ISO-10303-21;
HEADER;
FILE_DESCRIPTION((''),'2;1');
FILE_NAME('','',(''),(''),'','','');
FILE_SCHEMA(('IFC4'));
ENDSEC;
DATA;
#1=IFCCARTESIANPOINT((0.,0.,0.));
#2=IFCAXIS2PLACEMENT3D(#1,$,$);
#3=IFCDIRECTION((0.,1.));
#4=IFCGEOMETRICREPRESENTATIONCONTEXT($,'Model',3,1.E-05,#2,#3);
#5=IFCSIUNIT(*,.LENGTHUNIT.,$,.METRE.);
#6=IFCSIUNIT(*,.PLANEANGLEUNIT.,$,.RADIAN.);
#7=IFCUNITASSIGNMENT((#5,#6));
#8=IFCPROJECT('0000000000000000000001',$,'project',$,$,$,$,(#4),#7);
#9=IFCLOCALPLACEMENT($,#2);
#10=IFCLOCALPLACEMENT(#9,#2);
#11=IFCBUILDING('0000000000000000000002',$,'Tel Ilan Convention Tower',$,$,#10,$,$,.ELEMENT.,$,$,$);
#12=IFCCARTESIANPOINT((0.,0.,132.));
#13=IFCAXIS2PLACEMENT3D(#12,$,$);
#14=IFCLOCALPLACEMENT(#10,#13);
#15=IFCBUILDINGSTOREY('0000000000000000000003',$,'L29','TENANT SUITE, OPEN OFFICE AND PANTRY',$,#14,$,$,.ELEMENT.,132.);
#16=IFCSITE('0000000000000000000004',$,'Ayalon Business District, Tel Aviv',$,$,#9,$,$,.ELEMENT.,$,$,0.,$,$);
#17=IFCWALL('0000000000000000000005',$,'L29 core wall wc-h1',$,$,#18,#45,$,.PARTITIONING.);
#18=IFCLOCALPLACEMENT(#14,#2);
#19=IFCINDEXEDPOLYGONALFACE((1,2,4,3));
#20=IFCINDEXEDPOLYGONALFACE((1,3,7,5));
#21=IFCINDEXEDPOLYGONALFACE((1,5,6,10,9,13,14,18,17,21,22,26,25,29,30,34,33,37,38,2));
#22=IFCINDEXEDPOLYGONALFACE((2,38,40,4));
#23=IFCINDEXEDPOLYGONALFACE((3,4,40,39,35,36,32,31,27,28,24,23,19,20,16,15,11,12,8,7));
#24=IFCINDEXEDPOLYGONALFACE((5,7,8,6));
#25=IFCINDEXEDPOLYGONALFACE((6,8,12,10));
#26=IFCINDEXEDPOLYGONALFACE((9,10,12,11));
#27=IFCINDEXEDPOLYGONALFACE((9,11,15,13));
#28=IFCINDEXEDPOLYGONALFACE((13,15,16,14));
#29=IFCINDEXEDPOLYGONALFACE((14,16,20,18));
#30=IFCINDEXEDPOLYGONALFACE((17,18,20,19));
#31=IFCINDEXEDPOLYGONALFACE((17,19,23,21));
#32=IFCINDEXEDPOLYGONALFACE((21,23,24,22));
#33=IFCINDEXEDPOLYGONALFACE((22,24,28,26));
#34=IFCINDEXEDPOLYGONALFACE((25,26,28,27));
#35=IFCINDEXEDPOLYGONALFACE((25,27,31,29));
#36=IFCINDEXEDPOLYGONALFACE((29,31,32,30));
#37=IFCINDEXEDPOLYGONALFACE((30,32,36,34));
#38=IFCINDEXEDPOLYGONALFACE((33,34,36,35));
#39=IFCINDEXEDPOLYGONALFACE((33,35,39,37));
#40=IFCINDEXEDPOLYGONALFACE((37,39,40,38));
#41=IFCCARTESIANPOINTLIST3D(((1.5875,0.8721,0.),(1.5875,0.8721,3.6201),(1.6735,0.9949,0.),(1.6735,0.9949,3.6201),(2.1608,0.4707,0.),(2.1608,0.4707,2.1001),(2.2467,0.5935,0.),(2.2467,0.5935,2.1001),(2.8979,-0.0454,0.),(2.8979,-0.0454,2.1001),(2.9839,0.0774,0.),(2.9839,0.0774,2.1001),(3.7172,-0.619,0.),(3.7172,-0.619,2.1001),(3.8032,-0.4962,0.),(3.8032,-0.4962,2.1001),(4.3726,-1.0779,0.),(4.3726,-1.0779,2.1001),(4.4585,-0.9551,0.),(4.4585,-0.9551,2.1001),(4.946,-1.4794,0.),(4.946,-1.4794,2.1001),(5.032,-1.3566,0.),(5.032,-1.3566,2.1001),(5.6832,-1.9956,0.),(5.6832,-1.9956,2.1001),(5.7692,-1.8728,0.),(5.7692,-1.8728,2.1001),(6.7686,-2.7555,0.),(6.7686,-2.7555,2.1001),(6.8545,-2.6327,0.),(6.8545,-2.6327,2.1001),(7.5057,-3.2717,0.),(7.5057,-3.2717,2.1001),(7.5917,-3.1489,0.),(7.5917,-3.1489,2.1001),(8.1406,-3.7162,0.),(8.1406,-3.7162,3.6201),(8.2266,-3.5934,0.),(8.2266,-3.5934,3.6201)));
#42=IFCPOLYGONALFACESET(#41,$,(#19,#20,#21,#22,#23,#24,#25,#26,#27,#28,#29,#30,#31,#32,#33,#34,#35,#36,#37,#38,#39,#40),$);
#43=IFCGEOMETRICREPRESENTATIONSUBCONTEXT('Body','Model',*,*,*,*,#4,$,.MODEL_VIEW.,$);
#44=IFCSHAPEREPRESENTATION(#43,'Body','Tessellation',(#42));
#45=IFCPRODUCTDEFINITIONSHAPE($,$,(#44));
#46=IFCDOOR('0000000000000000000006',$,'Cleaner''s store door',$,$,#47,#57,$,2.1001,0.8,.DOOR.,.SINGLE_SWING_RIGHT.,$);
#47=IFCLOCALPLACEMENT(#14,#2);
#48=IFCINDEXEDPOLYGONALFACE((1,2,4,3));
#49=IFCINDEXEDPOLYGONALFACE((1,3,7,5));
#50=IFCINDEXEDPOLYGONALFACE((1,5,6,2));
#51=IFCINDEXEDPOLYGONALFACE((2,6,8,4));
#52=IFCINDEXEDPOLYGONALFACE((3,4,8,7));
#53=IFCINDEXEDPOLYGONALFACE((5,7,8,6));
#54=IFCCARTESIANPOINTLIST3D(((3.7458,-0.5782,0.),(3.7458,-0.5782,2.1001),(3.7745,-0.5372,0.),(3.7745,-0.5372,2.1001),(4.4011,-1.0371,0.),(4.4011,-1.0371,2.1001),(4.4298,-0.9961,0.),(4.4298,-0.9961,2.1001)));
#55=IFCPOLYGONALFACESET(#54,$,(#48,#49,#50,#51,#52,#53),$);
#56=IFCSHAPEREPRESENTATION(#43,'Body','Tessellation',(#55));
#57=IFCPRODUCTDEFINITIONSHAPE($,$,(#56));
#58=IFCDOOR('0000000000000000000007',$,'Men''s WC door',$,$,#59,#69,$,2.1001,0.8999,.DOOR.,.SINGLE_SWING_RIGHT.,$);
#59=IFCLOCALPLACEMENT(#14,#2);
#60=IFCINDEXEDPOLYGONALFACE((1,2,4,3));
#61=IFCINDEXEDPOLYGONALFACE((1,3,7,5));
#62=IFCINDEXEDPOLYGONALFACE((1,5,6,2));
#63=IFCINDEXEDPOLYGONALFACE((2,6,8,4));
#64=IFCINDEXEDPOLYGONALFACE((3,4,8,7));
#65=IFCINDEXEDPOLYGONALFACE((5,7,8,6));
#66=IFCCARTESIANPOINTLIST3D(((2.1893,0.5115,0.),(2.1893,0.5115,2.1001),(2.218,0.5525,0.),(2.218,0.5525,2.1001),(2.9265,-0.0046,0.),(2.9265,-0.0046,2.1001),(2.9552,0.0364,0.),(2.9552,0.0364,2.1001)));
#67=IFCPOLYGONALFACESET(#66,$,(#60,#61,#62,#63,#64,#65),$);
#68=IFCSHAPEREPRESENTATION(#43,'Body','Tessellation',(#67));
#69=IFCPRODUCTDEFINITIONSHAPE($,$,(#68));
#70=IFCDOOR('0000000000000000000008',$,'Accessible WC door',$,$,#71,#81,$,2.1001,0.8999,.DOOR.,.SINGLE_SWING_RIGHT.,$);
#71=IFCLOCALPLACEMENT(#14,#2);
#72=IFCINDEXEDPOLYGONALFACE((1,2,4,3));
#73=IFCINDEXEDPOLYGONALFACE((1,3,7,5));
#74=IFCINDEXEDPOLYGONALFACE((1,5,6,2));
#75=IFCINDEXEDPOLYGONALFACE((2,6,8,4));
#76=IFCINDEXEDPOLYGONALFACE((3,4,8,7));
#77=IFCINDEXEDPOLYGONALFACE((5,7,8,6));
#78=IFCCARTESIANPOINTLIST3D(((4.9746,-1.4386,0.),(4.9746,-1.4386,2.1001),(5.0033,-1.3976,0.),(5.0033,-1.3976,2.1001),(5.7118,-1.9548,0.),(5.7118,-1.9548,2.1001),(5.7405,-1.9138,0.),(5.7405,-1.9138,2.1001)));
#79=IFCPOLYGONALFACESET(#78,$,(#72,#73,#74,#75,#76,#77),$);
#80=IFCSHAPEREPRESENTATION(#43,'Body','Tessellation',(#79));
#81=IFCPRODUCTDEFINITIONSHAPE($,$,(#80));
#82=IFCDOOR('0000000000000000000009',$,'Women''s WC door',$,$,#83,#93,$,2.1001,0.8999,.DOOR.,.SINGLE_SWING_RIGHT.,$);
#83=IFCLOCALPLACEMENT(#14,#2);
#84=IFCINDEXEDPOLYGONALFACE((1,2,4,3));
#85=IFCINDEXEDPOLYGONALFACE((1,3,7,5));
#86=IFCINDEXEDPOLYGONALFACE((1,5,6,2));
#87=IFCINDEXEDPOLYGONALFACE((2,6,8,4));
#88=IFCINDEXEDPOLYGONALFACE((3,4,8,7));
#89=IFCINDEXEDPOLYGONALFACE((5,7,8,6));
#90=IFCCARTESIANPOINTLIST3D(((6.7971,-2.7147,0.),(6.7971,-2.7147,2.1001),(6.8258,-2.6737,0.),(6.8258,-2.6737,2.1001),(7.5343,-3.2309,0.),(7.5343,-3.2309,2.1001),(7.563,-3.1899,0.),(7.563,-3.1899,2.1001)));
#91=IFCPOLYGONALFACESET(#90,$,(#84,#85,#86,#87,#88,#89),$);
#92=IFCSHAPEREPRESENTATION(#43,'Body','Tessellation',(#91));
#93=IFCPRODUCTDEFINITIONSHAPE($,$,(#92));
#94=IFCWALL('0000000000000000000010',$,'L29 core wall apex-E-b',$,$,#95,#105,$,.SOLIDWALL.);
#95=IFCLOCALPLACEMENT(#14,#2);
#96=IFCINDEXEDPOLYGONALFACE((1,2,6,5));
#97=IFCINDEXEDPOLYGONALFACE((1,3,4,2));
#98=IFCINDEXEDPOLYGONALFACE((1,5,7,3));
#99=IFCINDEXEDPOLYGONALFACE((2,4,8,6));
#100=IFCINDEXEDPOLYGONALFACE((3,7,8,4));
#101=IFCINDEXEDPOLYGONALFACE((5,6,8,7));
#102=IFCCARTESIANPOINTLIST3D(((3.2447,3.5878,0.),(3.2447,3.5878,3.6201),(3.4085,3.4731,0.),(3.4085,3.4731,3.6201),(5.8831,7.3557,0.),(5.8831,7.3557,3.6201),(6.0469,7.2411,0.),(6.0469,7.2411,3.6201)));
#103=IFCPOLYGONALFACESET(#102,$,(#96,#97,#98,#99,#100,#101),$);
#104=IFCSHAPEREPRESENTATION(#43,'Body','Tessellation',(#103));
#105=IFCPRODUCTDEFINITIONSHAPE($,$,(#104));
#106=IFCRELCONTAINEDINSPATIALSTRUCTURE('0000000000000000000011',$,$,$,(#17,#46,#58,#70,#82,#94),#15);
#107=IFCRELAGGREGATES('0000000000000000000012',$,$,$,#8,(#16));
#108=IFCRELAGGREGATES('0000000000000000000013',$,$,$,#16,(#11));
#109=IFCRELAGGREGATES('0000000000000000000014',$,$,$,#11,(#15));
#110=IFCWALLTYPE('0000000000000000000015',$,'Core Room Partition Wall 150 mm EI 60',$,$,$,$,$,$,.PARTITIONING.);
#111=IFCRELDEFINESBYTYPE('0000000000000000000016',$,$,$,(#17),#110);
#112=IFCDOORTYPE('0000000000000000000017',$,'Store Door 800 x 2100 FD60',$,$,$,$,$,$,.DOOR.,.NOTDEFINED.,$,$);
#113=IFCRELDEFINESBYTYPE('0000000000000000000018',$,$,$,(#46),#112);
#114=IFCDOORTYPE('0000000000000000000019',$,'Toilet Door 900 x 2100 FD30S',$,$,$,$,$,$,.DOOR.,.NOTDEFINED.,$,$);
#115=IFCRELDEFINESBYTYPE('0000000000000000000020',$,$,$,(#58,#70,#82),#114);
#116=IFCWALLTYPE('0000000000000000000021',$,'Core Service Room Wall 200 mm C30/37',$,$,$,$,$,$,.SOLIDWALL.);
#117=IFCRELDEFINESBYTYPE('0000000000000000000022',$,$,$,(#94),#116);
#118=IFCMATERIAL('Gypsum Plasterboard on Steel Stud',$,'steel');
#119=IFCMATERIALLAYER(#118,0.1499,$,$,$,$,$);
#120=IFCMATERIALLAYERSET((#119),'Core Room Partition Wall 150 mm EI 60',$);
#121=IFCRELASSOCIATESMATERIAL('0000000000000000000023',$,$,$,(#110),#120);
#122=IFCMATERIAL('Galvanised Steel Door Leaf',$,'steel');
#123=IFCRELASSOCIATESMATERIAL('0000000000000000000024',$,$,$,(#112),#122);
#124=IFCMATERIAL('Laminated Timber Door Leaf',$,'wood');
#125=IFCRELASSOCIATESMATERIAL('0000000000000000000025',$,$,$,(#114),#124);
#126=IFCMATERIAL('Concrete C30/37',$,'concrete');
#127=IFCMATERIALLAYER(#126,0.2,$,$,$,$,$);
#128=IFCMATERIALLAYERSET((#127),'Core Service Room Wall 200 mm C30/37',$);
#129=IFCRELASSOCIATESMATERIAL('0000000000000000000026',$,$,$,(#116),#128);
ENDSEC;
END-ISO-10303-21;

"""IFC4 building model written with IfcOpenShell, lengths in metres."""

from ifc_helpers import new_model, si_unit, direction, frame, frame_2d, origin, place, context, subcontext, project, spatial, rectangle, extrude, material, layer, layer_set, type_object, element, fill, save


model = new_model("IFC4")

# Units and contexts
model_context = context("Model", 3, precision=1e-05, world=origin(), true_north=direction((0.0, 1.0)))
body_context = subcontext(model_context, "Body", "Model", "MODEL_VIEW")
ifc_project = project(units=[si_unit("LENGTHUNIT", "METRE"), si_unit("PLANEANGLEUNIT", "RADIAN")], contexts=[model_context])

# Site, building, storey
site_placement = place(None, origin())
site = spatial("IfcSite", under=ifc_project, at=site_placement, Name="Ayalon Business District, Tel Aviv", CompositionType="ELEMENT", RefElevation=0.0)
building_placement = place(site_placement, origin())
building = spatial("IfcBuilding", under=site, at=building_placement, Name="Tel Ilan Convention Tower", CompositionType="ELEMENT")
storey_placement = place(building_placement, frame((0.0, 0.0, 132.0)))
storey = spatial("IfcBuildingStorey", under=building, at=storey_placement, Name="L29", Description="TENANT SUITE, OPEN OFFICE AND PANTRY", CompositionType="ELEMENT", Elevation=132.0)

# Wall, openings, doors
ifc_material_1 = material(Name="Gypsum Plasterboard on Steel Stud", Category="steel")
ifc_layer_1 = layer(ifc_material_1, 0.1499)
ifc_layer_set_1 = layer_set([ifc_layer_1], Name="Core Room Partition Wall 150 mm EI 60")
wall_type_1 = type_object("IfcWallType", Name="Core Room Partition Wall 150 mm EI 60", PredefinedType="PARTITIONING", material=ifc_layer_set_1)
wall_1_placement = place(storey_placement, frame((1.6304, 0.9336, 0.0), z_axis=(0.0, 0.0, 1.0), x_axis=(0.819166, -0.573557, 0.0)))
wall_1 = element("IfcWall", 1, at=wall_1_placement, inside=storey, type_object=wall_type_1, Name="L29 core wall wc-h1", PredefinedType="PARTITIONING", context=body_context, shape_type="SweptSolid", body=[
    extrude(rectangle(XDim=7.9998, YDim=0.1499, at=frame_2d((4.0, 0.0))), origin(), (0.0, 0.0, 1.0), 3.6201),
])
opening_1_placement = place(wall_1_placement, frame((0.7, 0.0, 0.0)))
opening_1 = element("IfcOpeningElement", 2, at=opening_1_placement, cuts=wall_1, PredefinedType="OPENING", context=body_context, shape_type="SweptSolid", body=[
    extrude(rectangle(XDim=0.8999, YDim=2.1001, at=frame_2d((0.45, 1.05))), frame((0.0, 0.085, 0.0), z_axis=(0.0, -1.0, 0.0), x_axis=(1.0, 0.0, 0.0)), (0.0, 0.0, 1.0), 0.1699),
])
opening_2_placement = place(wall_1_placement, frame((2.6001, 0.0, 0.0)))
opening_2 = element("IfcOpeningElement", 3, at=opening_2_placement, cuts=wall_1, PredefinedType="OPENING", context=body_context, shape_type="SweptSolid", body=[
    extrude(rectangle(XDim=0.8, YDim=2.1001, at=frame_2d((0.3999, 1.05))), frame((0.0, 0.085, 0.0), z_axis=(0.0, -1.0, 0.0), x_axis=(1.0, 0.0, 0.0)), (0.0, 0.0, 1.0), 0.1699),
])
opening_3_placement = place(wall_1_placement, frame((4.1001, 0.0, 0.0)))
opening_3 = element("IfcOpeningElement", 4, at=opening_3_placement, cuts=wall_1, PredefinedType="OPENING", context=body_context, shape_type="SweptSolid", body=[
    extrude(rectangle(XDim=0.8999, YDim=2.1001, at=frame_2d((0.45, 1.05))), frame((0.0, 0.085, 0.0), z_axis=(0.0, -1.0, 0.0), x_axis=(1.0, 0.0, 0.0)), (0.0, 0.0, 1.0), 0.1699),
])
opening_4_placement = place(wall_1_placement, frame((6.325, 0.0, 0.0)))
opening_4 = element("IfcOpeningElement", 5, at=opening_4_placement, cuts=wall_1, PredefinedType="OPENING", context=body_context, shape_type="SweptSolid", body=[
    extrude(rectangle(XDim=0.8999, YDim=2.1001, at=frame_2d((0.45, 1.05))), frame((0.0, 0.085, 0.0), z_axis=(0.0, -1.0, 0.0), x_axis=(1.0, 0.0, 0.0)), (0.0, 0.0, 1.0), 0.1699),
])
ifc_material_2 = material(Name="Galvanised Steel Door Leaf", Category="steel")
door_type_1 = type_object("IfcDoorType", Name="Store Door 800 x 2100 FD60", OperationType="NOTDEFINED", PredefinedType="DOOR", material=ifc_material_2)
door_1_placement = place(opening_2_placement, origin())
door_1 = element("IfcDoor", 6, at=door_1_placement, inside=storey, type_object=door_type_1, Name="Cleaner's store door", OperationType="SINGLE_SWING_RIGHT", OverallHeight=2.1001, OverallWidth=0.8, PredefinedType="DOOR", context=body_context, shape_type="SweptSolid", body=[
    extrude(rectangle(XDim=0.8, YDim=2.1001, at=frame_2d((0.3999, 1.05))), frame((0.0, 0.0249, 0.0), z_axis=(0.0, -1.0, 0.0), x_axis=(1.0, 0.0, 0.0)), (0.0, 0.0, 1.0), 0.05),
])
fill(opening_2, door_1)
ifc_material_3 = material(Name="Laminated Timber Door Leaf", Category="wood")
door_type_2 = type_object("IfcDoorType", Name="Toilet Door 900 x 2100 FD30S", OperationType="NOTDEFINED", PredefinedType="DOOR", material=ifc_material_3)
door_2_placement = place(opening_1_placement, origin())
door_2 = element("IfcDoor", 7, at=door_2_placement, inside=storey, type_object=door_type_2, Name="Men's WC door", OperationType="SINGLE_SWING_RIGHT", OverallHeight=2.1001, OverallWidth=0.8999, PredefinedType="DOOR", context=body_context, shape_type="SweptSolid", body=[
    extrude(rectangle(XDim=0.8999, YDim=2.1001, at=frame_2d((0.45, 1.05))), frame((0.0, 0.0249, 0.0), z_axis=(0.0, -1.0, 0.0), x_axis=(1.0, 0.0, 0.0)), (0.0, 0.0, 1.0), 0.05),
])
fill(opening_1, door_2)
door_3_placement = place(opening_3_placement, origin())
door_3 = element("IfcDoor", 8, at=door_3_placement, inside=storey, type_object=door_type_2, Name="Accessible WC door", OperationType="SINGLE_SWING_RIGHT", OverallHeight=2.1001, OverallWidth=0.8999, PredefinedType="DOOR", context=body_context, shape_type="SweptSolid", body=[
    extrude(rectangle(XDim=0.8999, YDim=2.1001, at=frame_2d((0.45, 1.05))), frame((0.0, 0.0249, 0.0), z_axis=(0.0, -1.0, 0.0), x_axis=(1.0, 0.0, 0.0)), (0.0, 0.0, 1.0), 0.05),
])
fill(opening_3, door_3)
door_4_placement = place(opening_4_placement, origin())
door_4 = element("IfcDoor", 9, at=door_4_placement, inside=storey, type_object=door_type_2, Name="Women's WC door", OperationType="SINGLE_SWING_RIGHT", OverallHeight=2.1001, OverallWidth=0.8999, PredefinedType="DOOR", context=body_context, shape_type="SweptSolid", body=[
    extrude(rectangle(XDim=0.8999, YDim=2.1001, at=frame_2d((0.45, 1.05))), frame((0.0, 0.0249, 0.0), z_axis=(0.0, -1.0, 0.0), x_axis=(1.0, 0.0, 0.0)), (0.0, 0.0, 1.0), 0.05),
])
fill(opening_4, door_4)

# Wall
ifc_material_4 = material(Name="Concrete C30/37", Category="concrete")
ifc_layer_2 = layer(ifc_material_4, 0.2)
ifc_layer_set_2 = layer_set([ifc_layer_2], Name="Core Service Room Wall 200 mm C30/37")
wall_type_2 = type_object("IfcWallType", Name="Core Service Room Wall 200 mm C30/37", PredefinedType="SOLIDWALL", material=ifc_layer_set_2)
wall_2_placement = place(storey_placement, frame((3.3267, 3.5305, 0.0), z_axis=(0.0, 0.0, 1.0), x_axis=(0.573576, 0.819152, 0.0)))
element("IfcWall", 10, at=wall_2_placement, inside=storey, type_object=wall_type_2, Name="L29 core wall apex-E-b", PredefinedType="SOLIDWALL", context=body_context, shape_type="SweptSolid", body=[
    extrude(rectangle(XDim=4.5999, YDim=0.2, at=frame_2d((2.2998, 0.0))), origin(), (0.0, 0.0, 1.0), 3.6201),
])

save(model, "model.ifc")
